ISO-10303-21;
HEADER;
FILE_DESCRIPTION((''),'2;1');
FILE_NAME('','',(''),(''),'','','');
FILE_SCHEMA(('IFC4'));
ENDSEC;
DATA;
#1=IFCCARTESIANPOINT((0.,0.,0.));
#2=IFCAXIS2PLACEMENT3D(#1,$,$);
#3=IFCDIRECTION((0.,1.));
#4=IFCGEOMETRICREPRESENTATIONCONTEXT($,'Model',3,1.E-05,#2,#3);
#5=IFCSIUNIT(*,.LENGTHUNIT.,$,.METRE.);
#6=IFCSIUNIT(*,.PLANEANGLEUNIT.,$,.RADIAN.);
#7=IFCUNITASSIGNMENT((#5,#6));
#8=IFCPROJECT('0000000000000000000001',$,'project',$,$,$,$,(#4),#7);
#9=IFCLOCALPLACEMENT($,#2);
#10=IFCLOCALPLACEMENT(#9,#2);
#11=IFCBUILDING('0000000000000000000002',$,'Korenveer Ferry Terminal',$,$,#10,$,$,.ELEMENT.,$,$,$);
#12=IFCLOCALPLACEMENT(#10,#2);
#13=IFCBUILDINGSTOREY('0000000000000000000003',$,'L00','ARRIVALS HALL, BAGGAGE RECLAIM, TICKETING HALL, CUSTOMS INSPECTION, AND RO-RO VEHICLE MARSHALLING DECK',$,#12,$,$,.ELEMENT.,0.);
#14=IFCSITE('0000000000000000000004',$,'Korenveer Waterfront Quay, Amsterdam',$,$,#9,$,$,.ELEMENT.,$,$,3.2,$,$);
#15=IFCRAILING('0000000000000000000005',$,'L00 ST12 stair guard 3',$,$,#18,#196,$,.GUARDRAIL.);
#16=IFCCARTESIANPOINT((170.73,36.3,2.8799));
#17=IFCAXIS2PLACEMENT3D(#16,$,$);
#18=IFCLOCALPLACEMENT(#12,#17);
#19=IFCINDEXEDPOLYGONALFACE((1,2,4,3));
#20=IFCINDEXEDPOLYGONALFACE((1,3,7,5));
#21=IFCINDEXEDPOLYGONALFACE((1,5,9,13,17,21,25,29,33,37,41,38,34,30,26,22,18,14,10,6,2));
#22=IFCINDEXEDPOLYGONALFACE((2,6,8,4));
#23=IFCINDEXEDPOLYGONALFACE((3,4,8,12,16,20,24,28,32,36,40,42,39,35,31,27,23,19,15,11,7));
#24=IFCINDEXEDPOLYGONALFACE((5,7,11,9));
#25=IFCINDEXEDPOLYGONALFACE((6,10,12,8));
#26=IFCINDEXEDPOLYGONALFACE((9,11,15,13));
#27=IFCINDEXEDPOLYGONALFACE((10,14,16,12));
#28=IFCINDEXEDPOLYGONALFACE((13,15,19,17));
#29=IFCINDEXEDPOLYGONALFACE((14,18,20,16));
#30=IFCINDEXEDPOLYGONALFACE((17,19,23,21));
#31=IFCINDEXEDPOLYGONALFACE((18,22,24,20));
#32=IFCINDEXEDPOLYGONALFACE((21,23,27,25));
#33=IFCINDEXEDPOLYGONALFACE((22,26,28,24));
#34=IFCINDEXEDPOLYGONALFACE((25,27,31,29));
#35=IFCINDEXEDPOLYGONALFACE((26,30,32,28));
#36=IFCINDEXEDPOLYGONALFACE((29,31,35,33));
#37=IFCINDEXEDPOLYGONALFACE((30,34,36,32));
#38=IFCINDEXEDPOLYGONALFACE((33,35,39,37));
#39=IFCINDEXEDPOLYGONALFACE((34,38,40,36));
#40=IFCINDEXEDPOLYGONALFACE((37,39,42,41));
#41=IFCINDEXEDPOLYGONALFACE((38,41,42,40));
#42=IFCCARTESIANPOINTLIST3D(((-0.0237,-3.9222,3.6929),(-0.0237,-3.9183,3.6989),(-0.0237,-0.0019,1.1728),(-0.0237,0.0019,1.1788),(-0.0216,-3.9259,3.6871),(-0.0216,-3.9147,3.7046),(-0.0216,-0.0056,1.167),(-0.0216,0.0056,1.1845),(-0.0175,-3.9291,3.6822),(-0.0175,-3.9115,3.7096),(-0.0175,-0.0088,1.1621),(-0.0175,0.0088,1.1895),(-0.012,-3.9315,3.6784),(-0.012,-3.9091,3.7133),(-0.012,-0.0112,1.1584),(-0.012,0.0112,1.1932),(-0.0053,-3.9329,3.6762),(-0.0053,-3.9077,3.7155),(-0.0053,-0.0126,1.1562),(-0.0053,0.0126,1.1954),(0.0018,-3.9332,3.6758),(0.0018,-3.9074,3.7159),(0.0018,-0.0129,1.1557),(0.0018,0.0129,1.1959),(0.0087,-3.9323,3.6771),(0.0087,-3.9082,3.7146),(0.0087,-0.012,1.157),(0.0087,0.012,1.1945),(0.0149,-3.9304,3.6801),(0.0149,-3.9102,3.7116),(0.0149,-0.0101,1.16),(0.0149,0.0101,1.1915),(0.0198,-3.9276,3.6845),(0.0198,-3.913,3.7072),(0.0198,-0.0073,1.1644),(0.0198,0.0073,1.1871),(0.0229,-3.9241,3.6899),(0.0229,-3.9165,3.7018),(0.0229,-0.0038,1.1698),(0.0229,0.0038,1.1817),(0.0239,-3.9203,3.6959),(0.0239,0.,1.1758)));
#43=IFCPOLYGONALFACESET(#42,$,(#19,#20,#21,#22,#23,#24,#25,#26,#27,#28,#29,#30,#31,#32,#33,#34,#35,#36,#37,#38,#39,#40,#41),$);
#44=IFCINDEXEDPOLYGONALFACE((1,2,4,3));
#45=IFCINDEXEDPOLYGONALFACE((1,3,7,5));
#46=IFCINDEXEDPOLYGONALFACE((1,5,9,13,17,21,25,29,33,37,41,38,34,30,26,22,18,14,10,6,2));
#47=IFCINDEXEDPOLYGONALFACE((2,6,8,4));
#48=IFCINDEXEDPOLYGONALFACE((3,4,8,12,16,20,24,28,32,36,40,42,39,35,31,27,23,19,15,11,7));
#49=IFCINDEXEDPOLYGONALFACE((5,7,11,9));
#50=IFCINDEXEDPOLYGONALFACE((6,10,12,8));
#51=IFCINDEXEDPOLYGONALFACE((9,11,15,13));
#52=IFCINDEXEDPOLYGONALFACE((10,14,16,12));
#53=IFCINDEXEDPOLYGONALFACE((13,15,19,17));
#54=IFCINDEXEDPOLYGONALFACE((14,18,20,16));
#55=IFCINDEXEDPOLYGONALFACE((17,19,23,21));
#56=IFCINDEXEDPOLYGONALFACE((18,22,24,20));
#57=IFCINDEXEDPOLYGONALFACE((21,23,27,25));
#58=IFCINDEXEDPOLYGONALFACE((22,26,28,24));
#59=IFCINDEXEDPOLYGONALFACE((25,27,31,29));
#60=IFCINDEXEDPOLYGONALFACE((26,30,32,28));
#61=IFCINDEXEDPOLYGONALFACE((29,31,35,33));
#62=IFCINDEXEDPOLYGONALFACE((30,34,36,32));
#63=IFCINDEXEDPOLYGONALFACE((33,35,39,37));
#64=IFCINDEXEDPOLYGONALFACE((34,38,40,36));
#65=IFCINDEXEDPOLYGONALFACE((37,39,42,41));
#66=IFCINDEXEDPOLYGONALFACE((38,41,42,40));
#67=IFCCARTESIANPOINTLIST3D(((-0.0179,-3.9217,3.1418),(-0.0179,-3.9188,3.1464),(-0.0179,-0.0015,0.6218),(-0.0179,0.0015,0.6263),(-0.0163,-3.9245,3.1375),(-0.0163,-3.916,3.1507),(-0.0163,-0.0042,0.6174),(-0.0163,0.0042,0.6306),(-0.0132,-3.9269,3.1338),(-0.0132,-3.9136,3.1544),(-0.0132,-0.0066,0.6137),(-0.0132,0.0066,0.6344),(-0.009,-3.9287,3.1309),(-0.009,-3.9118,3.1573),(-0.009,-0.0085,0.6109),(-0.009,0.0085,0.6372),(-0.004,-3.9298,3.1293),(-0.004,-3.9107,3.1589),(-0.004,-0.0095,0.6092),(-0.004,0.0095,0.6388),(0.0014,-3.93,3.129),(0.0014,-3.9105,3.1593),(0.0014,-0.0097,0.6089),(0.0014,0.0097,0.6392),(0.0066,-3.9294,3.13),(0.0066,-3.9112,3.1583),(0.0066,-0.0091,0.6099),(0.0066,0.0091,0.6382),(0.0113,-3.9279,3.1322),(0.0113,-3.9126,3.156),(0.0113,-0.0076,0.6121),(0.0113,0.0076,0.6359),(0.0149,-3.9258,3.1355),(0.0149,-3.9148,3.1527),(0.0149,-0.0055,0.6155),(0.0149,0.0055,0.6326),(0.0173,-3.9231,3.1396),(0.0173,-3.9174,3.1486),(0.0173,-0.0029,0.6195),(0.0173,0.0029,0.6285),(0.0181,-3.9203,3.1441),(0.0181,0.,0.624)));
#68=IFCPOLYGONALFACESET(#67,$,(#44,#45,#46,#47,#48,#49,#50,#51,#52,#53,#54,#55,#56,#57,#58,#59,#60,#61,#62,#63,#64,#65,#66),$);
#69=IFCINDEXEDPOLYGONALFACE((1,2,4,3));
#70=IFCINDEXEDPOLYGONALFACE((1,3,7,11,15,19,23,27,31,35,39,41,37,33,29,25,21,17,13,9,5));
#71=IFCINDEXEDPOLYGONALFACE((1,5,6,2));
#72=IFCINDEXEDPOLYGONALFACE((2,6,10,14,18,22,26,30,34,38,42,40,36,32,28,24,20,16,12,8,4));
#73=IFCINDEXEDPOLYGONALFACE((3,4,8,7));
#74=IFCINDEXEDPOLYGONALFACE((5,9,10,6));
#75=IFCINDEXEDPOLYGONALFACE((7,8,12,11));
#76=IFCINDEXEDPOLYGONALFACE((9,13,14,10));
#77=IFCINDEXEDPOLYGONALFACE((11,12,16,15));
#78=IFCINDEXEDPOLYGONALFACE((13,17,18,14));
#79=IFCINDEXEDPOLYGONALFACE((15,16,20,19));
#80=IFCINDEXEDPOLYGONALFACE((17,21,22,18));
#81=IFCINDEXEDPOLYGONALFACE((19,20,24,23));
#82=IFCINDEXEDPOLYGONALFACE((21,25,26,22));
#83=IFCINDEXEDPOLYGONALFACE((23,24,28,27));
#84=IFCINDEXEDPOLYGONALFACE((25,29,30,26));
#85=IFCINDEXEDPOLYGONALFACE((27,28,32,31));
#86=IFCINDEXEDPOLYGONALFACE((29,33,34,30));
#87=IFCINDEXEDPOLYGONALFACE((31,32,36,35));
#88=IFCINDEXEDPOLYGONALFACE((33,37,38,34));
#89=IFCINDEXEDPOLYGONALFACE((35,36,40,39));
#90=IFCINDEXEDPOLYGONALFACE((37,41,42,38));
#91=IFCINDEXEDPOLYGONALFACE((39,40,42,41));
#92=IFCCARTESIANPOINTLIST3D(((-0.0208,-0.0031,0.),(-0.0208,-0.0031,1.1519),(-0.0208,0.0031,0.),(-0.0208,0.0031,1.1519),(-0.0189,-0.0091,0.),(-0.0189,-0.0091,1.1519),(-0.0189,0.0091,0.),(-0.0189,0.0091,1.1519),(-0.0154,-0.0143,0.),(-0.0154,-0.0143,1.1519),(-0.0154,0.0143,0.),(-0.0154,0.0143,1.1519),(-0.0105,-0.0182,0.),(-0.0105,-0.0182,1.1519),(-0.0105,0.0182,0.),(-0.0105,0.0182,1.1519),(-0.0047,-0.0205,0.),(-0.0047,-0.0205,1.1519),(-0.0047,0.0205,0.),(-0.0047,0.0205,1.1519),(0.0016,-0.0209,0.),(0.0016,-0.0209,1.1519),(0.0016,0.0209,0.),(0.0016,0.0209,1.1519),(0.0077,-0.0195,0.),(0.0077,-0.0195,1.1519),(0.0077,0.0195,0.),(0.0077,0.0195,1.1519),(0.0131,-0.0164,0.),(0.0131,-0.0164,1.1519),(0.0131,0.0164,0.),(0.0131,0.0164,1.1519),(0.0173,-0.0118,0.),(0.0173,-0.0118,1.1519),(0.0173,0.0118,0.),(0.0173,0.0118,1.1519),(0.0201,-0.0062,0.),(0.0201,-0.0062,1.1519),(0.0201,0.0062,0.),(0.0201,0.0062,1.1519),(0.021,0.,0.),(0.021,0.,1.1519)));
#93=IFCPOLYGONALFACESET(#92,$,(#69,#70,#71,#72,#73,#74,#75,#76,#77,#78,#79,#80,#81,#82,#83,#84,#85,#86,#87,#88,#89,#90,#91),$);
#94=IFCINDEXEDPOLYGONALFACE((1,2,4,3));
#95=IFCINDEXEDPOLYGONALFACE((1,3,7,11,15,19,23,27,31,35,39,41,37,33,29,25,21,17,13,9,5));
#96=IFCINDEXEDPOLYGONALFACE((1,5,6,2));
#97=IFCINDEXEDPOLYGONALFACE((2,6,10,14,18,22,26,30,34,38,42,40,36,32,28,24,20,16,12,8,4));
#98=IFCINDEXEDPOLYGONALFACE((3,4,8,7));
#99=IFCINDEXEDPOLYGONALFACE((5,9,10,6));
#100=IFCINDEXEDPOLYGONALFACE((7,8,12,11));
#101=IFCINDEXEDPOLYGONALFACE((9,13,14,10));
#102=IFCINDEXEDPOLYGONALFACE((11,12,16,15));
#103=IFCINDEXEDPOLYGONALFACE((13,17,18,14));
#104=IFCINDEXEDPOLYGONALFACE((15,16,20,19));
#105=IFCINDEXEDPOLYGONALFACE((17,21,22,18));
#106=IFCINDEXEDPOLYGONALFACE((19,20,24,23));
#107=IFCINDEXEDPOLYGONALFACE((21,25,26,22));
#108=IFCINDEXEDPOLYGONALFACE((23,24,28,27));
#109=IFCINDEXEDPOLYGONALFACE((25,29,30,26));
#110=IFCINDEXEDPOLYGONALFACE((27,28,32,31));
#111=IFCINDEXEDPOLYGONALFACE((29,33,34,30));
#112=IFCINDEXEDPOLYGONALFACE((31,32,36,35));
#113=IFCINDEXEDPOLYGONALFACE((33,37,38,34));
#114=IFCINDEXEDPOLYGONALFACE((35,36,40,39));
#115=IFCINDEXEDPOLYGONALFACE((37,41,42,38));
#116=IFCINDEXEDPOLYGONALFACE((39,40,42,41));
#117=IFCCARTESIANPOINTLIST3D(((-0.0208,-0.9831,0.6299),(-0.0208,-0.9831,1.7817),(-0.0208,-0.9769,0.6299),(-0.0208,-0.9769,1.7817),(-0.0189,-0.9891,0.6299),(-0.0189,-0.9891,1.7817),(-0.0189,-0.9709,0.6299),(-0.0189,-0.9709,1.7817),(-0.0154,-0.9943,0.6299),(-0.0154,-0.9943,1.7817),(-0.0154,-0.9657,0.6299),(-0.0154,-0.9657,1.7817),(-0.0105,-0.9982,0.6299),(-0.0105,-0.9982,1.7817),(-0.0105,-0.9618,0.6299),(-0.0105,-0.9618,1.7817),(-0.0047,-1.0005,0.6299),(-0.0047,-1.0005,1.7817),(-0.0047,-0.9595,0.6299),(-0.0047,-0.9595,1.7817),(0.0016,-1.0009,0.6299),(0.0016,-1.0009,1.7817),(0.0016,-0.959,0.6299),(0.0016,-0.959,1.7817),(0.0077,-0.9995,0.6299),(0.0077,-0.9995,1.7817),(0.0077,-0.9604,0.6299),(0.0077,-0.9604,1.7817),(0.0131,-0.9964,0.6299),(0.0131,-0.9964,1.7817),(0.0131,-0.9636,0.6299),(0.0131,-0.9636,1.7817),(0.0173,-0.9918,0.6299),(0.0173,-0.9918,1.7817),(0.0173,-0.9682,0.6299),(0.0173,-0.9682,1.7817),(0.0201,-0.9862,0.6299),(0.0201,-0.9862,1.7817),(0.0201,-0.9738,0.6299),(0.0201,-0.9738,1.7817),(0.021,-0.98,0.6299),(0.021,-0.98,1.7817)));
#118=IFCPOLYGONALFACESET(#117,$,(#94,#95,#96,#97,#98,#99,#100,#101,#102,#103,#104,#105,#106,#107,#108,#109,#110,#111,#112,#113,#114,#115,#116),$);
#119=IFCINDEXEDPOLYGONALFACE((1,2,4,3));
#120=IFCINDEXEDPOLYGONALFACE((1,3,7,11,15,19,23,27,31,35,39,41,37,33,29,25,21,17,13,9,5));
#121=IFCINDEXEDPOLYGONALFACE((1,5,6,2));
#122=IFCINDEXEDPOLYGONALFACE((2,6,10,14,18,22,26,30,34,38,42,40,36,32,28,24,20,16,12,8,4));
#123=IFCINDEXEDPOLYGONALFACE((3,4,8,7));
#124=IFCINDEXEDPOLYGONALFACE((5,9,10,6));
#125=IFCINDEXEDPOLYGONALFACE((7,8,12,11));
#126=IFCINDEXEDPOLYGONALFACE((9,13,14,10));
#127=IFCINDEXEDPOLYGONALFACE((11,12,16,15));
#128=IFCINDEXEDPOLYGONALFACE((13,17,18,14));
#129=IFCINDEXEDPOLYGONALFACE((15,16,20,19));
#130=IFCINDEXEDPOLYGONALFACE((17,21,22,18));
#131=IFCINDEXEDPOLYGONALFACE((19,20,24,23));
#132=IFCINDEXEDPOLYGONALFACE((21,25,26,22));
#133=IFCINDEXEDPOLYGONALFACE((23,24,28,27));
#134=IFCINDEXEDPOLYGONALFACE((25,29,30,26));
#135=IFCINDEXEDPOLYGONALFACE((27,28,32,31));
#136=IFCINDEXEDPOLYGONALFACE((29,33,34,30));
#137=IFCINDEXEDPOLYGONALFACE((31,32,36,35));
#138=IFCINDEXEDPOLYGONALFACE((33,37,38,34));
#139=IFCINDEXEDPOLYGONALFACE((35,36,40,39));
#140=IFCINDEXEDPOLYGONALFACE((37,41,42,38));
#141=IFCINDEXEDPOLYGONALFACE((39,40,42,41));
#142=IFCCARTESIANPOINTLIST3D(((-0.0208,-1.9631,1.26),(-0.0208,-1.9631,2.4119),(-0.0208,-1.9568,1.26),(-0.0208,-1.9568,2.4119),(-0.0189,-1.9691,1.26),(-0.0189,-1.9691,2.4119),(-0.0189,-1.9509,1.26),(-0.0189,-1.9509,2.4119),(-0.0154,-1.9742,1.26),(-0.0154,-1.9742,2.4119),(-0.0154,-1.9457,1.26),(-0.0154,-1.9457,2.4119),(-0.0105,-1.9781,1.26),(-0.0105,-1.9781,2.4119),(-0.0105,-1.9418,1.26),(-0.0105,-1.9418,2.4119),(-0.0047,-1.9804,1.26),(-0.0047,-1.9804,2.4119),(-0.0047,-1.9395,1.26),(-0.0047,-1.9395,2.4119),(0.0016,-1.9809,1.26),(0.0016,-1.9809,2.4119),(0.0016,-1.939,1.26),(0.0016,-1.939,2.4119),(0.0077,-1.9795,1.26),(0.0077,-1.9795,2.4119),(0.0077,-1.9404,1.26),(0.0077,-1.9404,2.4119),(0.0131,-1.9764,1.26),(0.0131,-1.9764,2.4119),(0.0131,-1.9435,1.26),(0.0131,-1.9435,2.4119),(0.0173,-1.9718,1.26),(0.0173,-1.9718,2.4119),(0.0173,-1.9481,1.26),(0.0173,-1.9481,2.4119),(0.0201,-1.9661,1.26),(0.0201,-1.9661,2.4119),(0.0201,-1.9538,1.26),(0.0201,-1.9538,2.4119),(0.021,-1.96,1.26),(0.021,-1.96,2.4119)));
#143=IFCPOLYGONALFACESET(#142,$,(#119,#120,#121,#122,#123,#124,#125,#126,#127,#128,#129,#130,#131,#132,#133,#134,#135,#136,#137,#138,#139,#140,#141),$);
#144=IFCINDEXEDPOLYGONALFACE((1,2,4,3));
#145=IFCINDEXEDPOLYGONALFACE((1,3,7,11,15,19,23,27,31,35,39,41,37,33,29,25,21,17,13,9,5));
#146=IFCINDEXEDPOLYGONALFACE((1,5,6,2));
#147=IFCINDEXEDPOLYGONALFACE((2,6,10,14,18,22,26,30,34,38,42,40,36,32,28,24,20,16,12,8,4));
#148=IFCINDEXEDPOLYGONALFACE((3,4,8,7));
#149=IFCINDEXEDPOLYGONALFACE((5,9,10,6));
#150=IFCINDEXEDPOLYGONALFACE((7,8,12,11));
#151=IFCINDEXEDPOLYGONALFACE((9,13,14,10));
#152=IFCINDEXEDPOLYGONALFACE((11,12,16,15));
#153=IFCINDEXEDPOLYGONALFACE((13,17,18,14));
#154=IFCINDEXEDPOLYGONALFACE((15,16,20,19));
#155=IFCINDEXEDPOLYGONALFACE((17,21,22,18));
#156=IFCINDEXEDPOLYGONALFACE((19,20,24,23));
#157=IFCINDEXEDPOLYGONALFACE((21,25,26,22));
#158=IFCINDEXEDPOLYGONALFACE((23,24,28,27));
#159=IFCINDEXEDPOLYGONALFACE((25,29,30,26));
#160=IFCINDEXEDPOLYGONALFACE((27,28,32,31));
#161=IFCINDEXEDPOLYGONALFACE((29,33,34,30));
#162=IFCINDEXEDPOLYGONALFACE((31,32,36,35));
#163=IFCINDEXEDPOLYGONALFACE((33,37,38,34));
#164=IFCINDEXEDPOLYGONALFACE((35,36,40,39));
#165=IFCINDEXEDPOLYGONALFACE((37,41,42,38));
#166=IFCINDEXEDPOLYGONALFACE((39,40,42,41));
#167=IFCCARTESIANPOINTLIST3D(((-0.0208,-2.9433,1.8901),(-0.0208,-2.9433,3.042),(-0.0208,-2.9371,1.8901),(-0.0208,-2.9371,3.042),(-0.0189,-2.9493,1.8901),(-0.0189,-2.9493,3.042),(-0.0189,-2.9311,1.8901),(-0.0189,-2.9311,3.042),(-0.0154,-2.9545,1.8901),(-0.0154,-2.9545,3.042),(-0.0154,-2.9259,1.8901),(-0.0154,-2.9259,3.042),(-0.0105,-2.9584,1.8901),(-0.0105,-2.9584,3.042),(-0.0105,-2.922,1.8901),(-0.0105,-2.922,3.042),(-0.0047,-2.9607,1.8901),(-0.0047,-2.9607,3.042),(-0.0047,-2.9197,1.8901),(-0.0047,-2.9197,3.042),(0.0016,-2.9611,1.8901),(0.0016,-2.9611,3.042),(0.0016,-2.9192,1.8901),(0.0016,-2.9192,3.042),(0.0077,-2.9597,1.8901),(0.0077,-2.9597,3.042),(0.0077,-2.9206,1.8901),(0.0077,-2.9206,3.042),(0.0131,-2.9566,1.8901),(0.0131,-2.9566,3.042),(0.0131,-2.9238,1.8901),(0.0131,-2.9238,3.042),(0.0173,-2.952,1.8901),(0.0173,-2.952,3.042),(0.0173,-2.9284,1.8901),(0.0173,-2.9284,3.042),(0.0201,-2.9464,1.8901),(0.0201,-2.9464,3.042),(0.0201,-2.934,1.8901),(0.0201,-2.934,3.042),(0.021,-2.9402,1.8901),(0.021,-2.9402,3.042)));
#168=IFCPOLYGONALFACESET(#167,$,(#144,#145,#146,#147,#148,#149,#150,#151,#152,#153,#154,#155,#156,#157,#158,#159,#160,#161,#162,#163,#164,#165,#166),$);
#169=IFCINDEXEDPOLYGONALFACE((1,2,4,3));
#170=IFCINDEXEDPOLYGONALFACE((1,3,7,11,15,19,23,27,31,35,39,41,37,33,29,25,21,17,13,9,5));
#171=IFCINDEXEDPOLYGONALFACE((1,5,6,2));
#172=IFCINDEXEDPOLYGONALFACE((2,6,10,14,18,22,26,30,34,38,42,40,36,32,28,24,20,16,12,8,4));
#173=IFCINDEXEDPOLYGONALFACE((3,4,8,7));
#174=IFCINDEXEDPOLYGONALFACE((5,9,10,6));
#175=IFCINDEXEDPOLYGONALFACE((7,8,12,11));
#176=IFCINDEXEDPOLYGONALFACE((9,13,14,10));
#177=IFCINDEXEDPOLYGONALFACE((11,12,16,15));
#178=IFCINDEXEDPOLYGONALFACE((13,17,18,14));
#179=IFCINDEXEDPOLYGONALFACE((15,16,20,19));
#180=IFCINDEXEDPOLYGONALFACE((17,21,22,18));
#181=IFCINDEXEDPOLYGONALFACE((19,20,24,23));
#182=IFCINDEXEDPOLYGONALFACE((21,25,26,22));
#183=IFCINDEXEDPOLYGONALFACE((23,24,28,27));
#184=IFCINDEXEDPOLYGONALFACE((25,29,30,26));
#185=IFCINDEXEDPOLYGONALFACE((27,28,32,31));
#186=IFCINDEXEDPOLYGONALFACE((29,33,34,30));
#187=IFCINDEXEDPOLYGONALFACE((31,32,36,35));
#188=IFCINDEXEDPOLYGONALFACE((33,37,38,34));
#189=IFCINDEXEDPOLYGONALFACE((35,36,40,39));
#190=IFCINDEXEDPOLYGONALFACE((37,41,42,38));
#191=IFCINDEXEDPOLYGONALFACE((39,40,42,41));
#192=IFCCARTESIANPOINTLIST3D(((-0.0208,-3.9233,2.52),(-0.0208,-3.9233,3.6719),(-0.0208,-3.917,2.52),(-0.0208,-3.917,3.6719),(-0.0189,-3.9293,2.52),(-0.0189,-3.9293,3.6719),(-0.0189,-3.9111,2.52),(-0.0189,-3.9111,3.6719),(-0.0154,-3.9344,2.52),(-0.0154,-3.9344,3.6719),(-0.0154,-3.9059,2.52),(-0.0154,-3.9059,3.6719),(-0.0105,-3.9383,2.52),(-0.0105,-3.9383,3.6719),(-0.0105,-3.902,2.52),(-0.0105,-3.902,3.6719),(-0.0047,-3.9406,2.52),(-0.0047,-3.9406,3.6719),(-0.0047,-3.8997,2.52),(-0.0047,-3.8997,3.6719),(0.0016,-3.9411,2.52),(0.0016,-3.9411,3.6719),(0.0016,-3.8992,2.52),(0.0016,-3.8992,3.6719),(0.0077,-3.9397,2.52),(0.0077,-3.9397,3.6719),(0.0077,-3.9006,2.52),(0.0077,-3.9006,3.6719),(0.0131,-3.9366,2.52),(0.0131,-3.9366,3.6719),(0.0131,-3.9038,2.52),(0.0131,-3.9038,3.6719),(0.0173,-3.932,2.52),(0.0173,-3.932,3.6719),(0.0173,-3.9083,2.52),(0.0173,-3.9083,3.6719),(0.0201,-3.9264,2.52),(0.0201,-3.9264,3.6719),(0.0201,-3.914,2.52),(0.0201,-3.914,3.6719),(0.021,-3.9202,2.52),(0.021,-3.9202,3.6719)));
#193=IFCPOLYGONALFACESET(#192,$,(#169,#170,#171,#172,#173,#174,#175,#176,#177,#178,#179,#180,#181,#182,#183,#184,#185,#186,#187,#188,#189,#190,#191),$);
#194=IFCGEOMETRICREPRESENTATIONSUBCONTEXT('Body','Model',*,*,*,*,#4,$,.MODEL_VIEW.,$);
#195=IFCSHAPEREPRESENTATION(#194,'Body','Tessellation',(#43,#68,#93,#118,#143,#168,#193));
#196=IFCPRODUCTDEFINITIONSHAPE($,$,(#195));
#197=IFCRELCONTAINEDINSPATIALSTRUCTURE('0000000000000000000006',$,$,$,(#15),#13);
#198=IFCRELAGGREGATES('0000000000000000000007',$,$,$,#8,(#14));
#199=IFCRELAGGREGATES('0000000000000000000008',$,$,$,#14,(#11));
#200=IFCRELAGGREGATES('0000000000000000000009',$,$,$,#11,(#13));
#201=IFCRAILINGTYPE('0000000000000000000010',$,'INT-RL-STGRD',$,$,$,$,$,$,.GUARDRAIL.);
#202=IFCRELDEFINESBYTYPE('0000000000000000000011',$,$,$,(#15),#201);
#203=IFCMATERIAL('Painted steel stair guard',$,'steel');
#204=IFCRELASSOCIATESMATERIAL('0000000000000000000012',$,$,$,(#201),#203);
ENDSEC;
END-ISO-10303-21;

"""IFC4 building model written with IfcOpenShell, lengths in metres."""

from ifc_helpers import new_model, si_unit, direction, frame, origin, origin_2d, place, context, subcontext, project, spatial, circle, extrude, material, type_object, element, save


model = new_model("IFC4")

# Units and contexts
model_context = context("Model", 3, precision=1e-05, world=origin(), true_north=direction((0.0, 1.0)))
body_context = subcontext(model_context, "Body", "Model", "MODEL_VIEW")
ifc_project = project(units=[si_unit("LENGTHUNIT", "METRE"), si_unit("PLANEANGLEUNIT", "RADIAN")], contexts=[model_context])

# Site, building, storey
site_placement = place(None, origin())
site = spatial("IfcSite", under=ifc_project, at=site_placement, Name="Korenveer Waterfront Quay, Amsterdam", CompositionType="ELEMENT", RefElevation=3.2)
building_placement = place(site_placement, origin())
building = spatial("IfcBuilding", under=site, at=building_placement, Name="Korenveer Ferry Terminal", CompositionType="ELEMENT")
storey_placement = place(building_placement, origin())
storey = spatial("IfcBuildingStorey", under=building, at=storey_placement, Name="L00", Description="ARRIVALS HALL, BAGGAGE RECLAIM, TICKETING HALL, CUSTOMS INSPECTION, AND RO-RO VEHICLE MARSHALLING DECK", CompositionType="ELEMENT", Elevation=0.0)

# Railing
ifc_material_1 = material(Name="Painted steel stair guard", Category="steel")
railing_type_1 = type_object("IfcRailingType", Name="INT-RL-STGRD", PredefinedType="GUARDRAIL", material=ifc_material_1)
railing_1_placement = place(storey_placement, frame((170.73, 36.3, 2.8799)))
element("IfcRailing", 1, at=railing_1_placement, inside=storey, type_object=railing_type_1, Name="L00 ST12 stair guard 3", PredefinedType="GUARDRAIL", context=body_context, shape_type="SweptSolid", body=[
    extrude(circle(Radius=0.0239, at=origin_2d()), frame((0.0, 0.0, 1.1758), z_axis=(0.0, -0.841187, 0.540744), x_axis=(1.0, 0.0, 0.0)), (0.0, 0.0, 1.0), 4.6604),
    extrude(circle(Radius=0.0181, at=origin_2d()), frame((0.0, 0.0, 0.624), z_axis=(0.0, -0.841187, 0.540744), x_axis=(1.0, 0.0, 0.0)), (0.0, 0.0, 1.0), 4.6604),
    extrude(circle(Radius=0.021, at=origin_2d()), origin(), (0.0, 0.0, 1.0), 1.1519),
    extrude(circle(Radius=0.021, at=origin_2d()), frame((0.0, -0.98, 0.6299)), (0.0, 0.0, 1.0), 1.1519),
    extrude(circle(Radius=0.021, at=origin_2d()), frame((0.0, -1.96, 1.26)), (0.0, 0.0, 1.0), 1.1519),
    extrude(circle(Radius=0.021, at=origin_2d()), frame((0.0, -2.9402, 1.8901)), (0.0, 0.0, 1.0), 1.1519),
    extrude(circle(Radius=0.021, at=origin_2d()), frame((0.0, -3.9202, 2.52)), (0.0, 0.0, 1.0), 1.1519),
])

save(model, "model.ifc")
